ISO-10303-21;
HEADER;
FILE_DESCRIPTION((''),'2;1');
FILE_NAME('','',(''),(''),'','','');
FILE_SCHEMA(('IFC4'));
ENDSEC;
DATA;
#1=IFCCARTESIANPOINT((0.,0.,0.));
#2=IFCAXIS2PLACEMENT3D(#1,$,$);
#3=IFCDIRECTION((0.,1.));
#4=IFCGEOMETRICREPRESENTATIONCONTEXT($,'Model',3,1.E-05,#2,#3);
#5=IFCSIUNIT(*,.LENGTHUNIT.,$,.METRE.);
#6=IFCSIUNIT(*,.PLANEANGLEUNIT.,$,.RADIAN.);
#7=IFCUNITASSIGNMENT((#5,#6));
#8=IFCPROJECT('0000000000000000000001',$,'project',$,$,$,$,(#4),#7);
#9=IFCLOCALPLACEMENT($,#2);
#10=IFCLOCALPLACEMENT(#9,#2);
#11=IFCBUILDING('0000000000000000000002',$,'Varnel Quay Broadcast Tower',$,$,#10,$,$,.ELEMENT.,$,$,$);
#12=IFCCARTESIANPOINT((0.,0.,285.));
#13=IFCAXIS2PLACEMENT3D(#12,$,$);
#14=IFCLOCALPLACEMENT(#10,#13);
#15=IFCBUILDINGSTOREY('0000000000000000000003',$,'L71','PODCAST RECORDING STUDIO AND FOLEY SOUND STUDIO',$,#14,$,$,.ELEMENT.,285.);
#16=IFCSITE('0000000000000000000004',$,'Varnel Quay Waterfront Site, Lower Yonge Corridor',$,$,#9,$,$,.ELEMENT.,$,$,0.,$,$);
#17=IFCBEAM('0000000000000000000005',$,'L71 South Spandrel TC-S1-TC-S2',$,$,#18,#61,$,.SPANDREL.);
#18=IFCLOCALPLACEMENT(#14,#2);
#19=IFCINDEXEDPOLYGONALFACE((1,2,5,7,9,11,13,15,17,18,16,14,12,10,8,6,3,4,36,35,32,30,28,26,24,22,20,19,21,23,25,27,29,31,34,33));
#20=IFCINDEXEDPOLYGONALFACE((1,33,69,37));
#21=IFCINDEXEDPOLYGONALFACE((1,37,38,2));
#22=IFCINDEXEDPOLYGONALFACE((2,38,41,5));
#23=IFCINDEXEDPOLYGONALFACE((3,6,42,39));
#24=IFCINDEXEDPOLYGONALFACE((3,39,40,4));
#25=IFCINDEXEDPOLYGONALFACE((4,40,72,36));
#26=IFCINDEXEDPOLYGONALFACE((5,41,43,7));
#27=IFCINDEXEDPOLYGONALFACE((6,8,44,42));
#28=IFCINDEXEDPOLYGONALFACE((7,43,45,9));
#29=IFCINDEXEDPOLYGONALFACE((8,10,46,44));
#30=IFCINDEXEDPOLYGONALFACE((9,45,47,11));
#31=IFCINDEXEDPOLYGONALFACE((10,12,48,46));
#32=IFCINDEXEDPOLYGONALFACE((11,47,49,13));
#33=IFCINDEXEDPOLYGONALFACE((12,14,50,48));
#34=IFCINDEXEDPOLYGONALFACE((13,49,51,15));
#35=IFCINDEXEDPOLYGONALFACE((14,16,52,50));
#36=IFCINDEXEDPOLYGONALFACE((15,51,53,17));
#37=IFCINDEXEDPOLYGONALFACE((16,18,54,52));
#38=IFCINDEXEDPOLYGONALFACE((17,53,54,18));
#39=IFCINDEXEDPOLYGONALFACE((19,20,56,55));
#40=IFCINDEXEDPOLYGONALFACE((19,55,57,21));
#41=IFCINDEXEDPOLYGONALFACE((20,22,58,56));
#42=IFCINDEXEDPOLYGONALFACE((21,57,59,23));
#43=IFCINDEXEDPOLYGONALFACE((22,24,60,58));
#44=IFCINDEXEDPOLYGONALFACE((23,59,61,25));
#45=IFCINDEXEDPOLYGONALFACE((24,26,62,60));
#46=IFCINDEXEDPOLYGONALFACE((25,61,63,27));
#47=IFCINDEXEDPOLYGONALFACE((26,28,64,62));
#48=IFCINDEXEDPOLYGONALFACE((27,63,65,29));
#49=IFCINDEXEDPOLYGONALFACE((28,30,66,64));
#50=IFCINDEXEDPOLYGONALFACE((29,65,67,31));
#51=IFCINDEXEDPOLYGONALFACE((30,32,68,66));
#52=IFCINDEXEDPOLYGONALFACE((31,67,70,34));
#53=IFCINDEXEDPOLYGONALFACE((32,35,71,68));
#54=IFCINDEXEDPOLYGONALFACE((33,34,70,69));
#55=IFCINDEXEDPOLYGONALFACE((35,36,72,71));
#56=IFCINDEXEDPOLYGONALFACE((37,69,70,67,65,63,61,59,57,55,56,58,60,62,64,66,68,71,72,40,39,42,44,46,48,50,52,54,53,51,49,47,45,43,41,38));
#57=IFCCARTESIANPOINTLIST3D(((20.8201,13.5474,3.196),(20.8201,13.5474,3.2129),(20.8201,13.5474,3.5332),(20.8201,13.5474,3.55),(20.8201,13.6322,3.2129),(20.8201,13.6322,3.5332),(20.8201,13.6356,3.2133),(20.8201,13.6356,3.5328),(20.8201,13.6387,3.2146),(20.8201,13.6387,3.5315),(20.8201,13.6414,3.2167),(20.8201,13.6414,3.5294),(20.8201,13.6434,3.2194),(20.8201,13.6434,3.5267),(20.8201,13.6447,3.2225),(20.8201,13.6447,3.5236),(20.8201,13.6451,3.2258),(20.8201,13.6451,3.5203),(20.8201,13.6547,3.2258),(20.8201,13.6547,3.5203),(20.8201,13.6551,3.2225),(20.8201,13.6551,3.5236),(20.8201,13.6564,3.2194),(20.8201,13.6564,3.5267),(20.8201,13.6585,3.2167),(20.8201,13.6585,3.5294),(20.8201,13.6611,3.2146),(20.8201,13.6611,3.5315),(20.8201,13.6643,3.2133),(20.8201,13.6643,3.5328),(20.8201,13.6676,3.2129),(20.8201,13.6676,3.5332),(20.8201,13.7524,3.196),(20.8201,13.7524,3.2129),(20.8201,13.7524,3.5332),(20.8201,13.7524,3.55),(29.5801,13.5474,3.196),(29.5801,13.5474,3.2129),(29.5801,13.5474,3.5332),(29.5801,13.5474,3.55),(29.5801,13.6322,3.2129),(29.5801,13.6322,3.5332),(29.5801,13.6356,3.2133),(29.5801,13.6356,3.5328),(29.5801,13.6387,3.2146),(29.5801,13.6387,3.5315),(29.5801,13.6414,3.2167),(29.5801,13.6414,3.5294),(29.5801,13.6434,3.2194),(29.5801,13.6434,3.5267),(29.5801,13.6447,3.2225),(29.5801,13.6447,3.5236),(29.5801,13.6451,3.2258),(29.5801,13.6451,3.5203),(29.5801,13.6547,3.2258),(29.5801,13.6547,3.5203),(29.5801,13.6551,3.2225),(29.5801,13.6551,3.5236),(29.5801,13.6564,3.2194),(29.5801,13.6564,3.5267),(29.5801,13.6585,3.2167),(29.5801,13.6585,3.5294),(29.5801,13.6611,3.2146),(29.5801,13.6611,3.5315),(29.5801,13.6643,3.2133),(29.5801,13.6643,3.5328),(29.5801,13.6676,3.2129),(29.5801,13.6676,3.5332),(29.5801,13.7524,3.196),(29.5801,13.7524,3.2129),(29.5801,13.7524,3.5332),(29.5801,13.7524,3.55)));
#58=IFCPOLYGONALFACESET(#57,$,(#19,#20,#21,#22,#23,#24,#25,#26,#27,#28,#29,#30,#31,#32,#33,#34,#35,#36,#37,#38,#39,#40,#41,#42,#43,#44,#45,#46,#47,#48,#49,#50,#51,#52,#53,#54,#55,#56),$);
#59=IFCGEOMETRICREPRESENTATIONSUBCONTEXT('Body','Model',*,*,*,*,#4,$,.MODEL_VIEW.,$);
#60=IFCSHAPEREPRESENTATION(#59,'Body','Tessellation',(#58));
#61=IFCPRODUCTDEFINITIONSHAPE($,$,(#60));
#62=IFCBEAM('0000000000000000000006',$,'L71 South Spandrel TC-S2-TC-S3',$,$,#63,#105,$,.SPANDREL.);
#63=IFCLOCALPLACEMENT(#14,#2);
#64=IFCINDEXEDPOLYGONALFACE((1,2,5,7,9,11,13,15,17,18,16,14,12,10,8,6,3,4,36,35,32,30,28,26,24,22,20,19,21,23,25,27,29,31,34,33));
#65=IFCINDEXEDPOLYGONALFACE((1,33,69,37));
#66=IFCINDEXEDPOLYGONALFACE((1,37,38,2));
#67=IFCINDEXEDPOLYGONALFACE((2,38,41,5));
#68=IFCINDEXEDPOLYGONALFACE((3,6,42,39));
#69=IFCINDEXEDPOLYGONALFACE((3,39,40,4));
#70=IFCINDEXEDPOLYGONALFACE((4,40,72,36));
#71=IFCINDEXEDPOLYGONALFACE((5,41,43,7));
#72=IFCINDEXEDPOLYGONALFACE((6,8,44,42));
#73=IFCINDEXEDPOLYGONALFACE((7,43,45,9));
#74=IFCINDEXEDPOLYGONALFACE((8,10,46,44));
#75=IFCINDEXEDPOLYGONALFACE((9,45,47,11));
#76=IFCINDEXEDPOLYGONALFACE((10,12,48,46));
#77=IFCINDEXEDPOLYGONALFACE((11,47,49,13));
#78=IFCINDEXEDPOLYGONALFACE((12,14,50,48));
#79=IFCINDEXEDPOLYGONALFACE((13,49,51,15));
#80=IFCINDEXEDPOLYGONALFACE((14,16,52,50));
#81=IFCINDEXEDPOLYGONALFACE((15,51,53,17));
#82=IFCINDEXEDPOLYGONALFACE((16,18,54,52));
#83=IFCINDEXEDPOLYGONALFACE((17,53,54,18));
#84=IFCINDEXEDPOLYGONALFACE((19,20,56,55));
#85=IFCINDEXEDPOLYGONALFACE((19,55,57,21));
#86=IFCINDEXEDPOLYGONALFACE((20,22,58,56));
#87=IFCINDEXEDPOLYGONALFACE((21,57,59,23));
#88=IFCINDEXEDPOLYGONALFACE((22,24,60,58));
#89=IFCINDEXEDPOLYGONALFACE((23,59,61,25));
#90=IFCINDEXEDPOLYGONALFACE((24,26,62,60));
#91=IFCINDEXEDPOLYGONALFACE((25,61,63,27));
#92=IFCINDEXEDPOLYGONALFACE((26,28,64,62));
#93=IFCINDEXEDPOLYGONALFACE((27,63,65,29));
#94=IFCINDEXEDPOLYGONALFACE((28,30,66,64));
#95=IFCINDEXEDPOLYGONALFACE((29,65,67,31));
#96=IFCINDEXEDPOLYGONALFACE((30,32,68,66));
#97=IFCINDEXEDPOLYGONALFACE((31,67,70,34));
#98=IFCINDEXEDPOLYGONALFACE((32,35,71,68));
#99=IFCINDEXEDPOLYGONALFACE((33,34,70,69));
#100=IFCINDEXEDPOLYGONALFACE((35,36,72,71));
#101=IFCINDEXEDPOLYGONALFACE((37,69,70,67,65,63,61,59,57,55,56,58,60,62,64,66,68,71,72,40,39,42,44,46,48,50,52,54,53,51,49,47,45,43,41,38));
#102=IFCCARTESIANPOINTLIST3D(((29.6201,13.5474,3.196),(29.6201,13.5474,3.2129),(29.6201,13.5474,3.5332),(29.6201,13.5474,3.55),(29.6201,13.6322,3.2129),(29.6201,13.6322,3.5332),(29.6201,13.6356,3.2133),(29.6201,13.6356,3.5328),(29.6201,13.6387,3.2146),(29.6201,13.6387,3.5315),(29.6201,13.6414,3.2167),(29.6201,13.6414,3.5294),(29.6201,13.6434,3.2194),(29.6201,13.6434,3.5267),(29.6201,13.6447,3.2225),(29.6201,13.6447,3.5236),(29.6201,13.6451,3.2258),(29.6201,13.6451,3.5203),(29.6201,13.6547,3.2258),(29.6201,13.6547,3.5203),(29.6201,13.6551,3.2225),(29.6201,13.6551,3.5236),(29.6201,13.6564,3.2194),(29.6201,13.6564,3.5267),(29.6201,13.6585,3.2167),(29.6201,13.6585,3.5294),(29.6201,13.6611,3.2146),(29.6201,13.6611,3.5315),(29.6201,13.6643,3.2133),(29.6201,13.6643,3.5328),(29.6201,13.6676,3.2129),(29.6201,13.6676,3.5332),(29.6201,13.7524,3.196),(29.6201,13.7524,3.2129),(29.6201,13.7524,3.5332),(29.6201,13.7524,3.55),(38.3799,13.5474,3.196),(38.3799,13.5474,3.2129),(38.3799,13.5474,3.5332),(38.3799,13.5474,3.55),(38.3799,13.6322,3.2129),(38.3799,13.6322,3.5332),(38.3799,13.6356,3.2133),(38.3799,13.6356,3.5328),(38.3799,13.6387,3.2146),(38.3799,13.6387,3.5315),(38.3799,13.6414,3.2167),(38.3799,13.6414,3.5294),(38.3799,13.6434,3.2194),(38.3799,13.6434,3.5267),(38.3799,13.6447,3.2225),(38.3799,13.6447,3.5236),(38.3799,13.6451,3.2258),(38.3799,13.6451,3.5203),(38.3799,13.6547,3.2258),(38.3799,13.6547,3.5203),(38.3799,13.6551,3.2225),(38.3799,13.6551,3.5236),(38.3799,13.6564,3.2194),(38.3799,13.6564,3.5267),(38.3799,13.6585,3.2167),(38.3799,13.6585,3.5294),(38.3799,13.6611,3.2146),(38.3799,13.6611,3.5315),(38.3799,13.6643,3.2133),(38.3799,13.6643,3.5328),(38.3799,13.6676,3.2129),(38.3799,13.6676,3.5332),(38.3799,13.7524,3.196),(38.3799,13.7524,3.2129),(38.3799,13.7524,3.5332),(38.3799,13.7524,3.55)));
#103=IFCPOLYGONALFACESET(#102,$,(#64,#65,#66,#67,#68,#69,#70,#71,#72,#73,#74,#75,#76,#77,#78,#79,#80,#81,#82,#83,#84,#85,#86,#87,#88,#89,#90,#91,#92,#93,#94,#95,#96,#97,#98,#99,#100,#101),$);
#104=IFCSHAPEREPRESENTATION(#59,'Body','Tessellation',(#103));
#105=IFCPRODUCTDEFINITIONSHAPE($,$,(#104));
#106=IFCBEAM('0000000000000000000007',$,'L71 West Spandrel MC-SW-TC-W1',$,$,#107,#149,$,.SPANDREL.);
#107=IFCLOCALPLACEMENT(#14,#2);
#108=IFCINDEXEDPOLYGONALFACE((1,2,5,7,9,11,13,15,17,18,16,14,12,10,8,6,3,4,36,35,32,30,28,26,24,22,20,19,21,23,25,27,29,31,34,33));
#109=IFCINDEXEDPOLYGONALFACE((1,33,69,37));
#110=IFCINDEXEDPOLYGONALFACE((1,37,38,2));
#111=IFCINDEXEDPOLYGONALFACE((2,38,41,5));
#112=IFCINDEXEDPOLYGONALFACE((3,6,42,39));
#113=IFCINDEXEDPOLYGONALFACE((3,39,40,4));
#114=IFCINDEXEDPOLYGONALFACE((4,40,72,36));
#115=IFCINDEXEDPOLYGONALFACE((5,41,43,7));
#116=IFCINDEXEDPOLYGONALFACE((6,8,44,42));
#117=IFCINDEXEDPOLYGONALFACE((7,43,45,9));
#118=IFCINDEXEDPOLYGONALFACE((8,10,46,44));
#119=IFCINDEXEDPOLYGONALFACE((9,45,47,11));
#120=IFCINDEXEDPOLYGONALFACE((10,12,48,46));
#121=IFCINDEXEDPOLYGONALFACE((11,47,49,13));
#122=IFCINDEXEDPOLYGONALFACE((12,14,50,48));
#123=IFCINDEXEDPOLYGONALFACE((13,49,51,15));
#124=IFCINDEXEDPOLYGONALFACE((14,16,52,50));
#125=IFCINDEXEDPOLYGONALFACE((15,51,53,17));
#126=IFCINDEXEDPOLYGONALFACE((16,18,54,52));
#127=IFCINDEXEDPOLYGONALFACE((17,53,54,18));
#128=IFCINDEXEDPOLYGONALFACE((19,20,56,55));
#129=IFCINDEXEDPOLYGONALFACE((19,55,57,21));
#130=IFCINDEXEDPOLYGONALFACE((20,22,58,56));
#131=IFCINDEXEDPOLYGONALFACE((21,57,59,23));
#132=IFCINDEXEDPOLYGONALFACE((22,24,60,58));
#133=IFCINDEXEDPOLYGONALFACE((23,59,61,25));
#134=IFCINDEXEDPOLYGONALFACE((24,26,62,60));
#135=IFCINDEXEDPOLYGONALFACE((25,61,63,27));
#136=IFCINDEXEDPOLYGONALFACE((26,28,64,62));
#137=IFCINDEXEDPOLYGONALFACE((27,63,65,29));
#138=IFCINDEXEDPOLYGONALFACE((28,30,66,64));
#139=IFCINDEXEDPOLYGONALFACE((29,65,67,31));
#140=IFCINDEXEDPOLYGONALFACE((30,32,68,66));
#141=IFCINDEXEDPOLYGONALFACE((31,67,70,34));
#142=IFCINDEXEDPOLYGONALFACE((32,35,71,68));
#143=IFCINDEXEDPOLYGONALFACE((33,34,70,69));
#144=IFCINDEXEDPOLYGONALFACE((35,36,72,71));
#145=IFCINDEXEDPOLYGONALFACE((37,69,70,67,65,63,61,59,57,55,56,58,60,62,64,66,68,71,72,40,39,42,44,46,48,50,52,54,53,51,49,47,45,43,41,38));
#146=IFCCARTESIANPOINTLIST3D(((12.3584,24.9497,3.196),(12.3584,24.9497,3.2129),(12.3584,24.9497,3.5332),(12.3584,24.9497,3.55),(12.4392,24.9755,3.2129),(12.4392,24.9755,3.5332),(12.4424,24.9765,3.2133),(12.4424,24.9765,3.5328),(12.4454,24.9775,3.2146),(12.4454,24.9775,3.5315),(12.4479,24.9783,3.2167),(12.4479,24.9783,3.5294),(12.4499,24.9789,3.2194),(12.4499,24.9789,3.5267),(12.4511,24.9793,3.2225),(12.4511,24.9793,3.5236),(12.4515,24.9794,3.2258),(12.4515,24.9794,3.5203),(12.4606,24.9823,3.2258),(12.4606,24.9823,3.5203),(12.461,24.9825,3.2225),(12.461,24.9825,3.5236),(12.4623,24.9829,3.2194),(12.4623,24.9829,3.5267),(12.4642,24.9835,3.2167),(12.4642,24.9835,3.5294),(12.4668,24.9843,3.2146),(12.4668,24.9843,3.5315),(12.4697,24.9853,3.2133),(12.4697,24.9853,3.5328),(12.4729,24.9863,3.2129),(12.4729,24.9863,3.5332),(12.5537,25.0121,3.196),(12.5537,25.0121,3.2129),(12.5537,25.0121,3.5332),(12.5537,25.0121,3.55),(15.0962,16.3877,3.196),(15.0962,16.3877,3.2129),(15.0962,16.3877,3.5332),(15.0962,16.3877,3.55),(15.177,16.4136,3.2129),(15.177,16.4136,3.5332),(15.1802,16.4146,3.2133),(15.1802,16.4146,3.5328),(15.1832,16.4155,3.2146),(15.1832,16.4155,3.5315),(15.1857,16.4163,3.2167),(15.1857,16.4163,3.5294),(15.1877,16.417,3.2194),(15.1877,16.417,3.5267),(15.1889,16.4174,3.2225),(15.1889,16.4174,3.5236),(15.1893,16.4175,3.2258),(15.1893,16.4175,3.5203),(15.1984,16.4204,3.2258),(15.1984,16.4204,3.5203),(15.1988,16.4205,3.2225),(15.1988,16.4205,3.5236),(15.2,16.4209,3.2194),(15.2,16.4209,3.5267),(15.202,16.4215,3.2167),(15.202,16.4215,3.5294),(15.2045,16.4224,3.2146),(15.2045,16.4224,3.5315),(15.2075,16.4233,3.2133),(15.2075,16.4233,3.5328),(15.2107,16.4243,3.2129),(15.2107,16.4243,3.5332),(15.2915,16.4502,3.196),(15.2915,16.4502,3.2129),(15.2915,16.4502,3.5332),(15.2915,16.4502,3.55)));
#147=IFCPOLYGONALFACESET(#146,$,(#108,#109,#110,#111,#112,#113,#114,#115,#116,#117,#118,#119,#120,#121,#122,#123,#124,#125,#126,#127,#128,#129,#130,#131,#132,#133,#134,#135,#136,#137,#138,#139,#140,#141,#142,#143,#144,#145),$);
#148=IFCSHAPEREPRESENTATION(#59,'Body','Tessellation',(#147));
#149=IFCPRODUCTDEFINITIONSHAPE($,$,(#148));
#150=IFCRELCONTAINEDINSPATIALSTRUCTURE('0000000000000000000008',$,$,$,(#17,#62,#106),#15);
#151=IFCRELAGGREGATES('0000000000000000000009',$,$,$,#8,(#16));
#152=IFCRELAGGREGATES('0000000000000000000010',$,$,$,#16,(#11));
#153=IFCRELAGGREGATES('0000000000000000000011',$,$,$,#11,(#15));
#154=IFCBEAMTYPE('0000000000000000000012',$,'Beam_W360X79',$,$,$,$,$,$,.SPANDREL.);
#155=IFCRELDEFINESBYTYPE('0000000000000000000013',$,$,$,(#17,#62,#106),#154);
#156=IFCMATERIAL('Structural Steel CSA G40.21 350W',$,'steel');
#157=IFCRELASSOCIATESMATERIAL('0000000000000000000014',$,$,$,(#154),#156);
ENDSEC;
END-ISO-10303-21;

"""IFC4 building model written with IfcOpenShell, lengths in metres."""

from ifc_helpers import new_model, si_unit, direction, frame, origin, origin_2d, place, context, subcontext, project, spatial, i_section, extrude, source, transform, mapped, material, material_profile, profile_set, type_object, element, save


model = new_model("IFC4")

# Units and contexts
model_context = context("Model", 3, precision=1e-05, world=origin(), true_north=direction((0.0, 1.0)))
body_context = subcontext(model_context, "Body", "Model", "MODEL_VIEW")
ifc_project = project(units=[si_unit("LENGTHUNIT", "METRE"), si_unit("PLANEANGLEUNIT", "RADIAN")], contexts=[model_context])

# Site, building, storey
site_placement = place(None, origin())
site = spatial("IfcSite", under=ifc_project, at=site_placement, Name="Varnel Quay Waterfront Site, Lower Yonge Corridor", CompositionType="ELEMENT", RefElevation=0.0)
building_placement = place(site_placement, origin())
building = spatial("IfcBuilding", under=site, at=building_placement, Name="Varnel Quay Broadcast Tower", CompositionType="ELEMENT")
storey_placement = place(building_placement, frame((0.0, 0.0, 285.0)))
storey = spatial("IfcBuildingStorey", under=building, at=storey_placement, Name="L71", Description="PODCAST RECORDING STUDIO AND FOLEY SOUND STUDIO", CompositionType="ELEMENT", Elevation=285.0)

# Shared definitions
ifc_material_1 = material(Name="Structural Steel CSA G40.21 350W", Category="steel")

# Beams
ifc_material_profile_1 = material_profile(ifc_material_1, i_section(OverallWidth=0.2051, OverallDepth=0.354, WebThickness=0.0095, FlangeThickness=0.0168, FilletRadius=0.0129, at=origin_2d()), Name="W360X79")
ifc_profile_set_1 = profile_set([ifc_material_profile_1], Name="Structural Steel CSA G40.21 350W")
beam_type_1 = type_object("IfcBeamType", Name="Beam_W360X79", PredefinedType="SPANDREL", material=ifc_profile_set_1)
shared_shape_1 = source(origin(), body_context, "Body", "SweptSolid", [
    extrude(i_section(OverallWidth=0.2051, OverallDepth=0.354, WebThickness=0.0095, FlangeThickness=0.0168, FilletRadius=0.0129, at=origin_2d()), origin(), (0.0, 0.0, 1.0), 8.76),
])
beam_1_placement = place(storey_placement, frame((20.8201, 13.6499, 3.373), z_axis=(1.0, 0.0, 0.0), x_axis=(0.0, 1.0, 0.0)))
element("IfcBeam", 1, at=beam_1_placement, inside=storey, type_object=beam_type_1, Name="L71 South Spandrel TC-S1-TC-S2", PredefinedType="SPANDREL", context=body_context, shape_type="MappedRepresentation", body=[
    mapped(shared_shape_1, transform((0.0, 0.0, 0.0), x_axis=(1.0, 0.0, 0.0), y_axis=(0.0, 1.0, 0.0), z_axis=(0.0, 0.0, 1.0), scale=1.0)),
])
shared_shape_2 = source(origin(), body_context, "Body", "SweptSolid", [
    extrude(i_section(OverallWidth=0.2051, OverallDepth=0.354, WebThickness=0.0095, FlangeThickness=0.0168, FilletRadius=0.0129, at=origin_2d()), origin(), (0.0, 0.0, 1.0), 8.7598),
])
beam_2_placement = place(storey_placement, frame((29.6201, 13.6499, 3.373), z_axis=(1.0, 0.0, 0.0), x_axis=(0.0, 1.0, 0.0)))
element("IfcBeam", 2, at=beam_2_placement, inside=storey, type_object=beam_type_1, Name="L71 South Spandrel TC-S2-TC-S3", PredefinedType="SPANDREL", context=body_context, shape_type="MappedRepresentation", body=[
    mapped(shared_shape_2, transform((0.0, 0.0, 0.0), x_axis=(1.0, 0.0, 0.0), y_axis=(0.0, 1.0, 0.0), z_axis=(0.0, 0.0, 1.0), scale=1.0)),
])
shared_shape_3 = source(origin(), body_context, "Body", "SweptSolid", [
    extrude(i_section(OverallWidth=0.2051, OverallDepth=0.354, WebThickness=0.0095, FlangeThickness=0.0168, FilletRadius=0.0129, at=origin_2d()), origin(), (0.0, 0.0, 1.0), 8.989),
])
beam_3_placement = place(storey_placement, frame((15.1938, 16.4189, 3.373), z_axis=(-0.304569, 0.95249, 0.0), x_axis=(-0.95249, -0.304569, 0.0)))
element("IfcBeam", 3, at=beam_3_placement, inside=storey, type_object=beam_type_1, Name="L71 West Spandrel MC-SW-TC-W1", PredefinedType="SPANDREL", context=body_context, shape_type="MappedRepresentation", body=[
    mapped(shared_shape_3, transform((0.0, 0.0, 0.0), x_axis=(1.0, 0.0, 0.0), y_axis=(0.0, 1.0, 0.0), z_axis=(0.0, 0.0, 1.0), scale=1.0)),
])

save(model, "model.ifc")
